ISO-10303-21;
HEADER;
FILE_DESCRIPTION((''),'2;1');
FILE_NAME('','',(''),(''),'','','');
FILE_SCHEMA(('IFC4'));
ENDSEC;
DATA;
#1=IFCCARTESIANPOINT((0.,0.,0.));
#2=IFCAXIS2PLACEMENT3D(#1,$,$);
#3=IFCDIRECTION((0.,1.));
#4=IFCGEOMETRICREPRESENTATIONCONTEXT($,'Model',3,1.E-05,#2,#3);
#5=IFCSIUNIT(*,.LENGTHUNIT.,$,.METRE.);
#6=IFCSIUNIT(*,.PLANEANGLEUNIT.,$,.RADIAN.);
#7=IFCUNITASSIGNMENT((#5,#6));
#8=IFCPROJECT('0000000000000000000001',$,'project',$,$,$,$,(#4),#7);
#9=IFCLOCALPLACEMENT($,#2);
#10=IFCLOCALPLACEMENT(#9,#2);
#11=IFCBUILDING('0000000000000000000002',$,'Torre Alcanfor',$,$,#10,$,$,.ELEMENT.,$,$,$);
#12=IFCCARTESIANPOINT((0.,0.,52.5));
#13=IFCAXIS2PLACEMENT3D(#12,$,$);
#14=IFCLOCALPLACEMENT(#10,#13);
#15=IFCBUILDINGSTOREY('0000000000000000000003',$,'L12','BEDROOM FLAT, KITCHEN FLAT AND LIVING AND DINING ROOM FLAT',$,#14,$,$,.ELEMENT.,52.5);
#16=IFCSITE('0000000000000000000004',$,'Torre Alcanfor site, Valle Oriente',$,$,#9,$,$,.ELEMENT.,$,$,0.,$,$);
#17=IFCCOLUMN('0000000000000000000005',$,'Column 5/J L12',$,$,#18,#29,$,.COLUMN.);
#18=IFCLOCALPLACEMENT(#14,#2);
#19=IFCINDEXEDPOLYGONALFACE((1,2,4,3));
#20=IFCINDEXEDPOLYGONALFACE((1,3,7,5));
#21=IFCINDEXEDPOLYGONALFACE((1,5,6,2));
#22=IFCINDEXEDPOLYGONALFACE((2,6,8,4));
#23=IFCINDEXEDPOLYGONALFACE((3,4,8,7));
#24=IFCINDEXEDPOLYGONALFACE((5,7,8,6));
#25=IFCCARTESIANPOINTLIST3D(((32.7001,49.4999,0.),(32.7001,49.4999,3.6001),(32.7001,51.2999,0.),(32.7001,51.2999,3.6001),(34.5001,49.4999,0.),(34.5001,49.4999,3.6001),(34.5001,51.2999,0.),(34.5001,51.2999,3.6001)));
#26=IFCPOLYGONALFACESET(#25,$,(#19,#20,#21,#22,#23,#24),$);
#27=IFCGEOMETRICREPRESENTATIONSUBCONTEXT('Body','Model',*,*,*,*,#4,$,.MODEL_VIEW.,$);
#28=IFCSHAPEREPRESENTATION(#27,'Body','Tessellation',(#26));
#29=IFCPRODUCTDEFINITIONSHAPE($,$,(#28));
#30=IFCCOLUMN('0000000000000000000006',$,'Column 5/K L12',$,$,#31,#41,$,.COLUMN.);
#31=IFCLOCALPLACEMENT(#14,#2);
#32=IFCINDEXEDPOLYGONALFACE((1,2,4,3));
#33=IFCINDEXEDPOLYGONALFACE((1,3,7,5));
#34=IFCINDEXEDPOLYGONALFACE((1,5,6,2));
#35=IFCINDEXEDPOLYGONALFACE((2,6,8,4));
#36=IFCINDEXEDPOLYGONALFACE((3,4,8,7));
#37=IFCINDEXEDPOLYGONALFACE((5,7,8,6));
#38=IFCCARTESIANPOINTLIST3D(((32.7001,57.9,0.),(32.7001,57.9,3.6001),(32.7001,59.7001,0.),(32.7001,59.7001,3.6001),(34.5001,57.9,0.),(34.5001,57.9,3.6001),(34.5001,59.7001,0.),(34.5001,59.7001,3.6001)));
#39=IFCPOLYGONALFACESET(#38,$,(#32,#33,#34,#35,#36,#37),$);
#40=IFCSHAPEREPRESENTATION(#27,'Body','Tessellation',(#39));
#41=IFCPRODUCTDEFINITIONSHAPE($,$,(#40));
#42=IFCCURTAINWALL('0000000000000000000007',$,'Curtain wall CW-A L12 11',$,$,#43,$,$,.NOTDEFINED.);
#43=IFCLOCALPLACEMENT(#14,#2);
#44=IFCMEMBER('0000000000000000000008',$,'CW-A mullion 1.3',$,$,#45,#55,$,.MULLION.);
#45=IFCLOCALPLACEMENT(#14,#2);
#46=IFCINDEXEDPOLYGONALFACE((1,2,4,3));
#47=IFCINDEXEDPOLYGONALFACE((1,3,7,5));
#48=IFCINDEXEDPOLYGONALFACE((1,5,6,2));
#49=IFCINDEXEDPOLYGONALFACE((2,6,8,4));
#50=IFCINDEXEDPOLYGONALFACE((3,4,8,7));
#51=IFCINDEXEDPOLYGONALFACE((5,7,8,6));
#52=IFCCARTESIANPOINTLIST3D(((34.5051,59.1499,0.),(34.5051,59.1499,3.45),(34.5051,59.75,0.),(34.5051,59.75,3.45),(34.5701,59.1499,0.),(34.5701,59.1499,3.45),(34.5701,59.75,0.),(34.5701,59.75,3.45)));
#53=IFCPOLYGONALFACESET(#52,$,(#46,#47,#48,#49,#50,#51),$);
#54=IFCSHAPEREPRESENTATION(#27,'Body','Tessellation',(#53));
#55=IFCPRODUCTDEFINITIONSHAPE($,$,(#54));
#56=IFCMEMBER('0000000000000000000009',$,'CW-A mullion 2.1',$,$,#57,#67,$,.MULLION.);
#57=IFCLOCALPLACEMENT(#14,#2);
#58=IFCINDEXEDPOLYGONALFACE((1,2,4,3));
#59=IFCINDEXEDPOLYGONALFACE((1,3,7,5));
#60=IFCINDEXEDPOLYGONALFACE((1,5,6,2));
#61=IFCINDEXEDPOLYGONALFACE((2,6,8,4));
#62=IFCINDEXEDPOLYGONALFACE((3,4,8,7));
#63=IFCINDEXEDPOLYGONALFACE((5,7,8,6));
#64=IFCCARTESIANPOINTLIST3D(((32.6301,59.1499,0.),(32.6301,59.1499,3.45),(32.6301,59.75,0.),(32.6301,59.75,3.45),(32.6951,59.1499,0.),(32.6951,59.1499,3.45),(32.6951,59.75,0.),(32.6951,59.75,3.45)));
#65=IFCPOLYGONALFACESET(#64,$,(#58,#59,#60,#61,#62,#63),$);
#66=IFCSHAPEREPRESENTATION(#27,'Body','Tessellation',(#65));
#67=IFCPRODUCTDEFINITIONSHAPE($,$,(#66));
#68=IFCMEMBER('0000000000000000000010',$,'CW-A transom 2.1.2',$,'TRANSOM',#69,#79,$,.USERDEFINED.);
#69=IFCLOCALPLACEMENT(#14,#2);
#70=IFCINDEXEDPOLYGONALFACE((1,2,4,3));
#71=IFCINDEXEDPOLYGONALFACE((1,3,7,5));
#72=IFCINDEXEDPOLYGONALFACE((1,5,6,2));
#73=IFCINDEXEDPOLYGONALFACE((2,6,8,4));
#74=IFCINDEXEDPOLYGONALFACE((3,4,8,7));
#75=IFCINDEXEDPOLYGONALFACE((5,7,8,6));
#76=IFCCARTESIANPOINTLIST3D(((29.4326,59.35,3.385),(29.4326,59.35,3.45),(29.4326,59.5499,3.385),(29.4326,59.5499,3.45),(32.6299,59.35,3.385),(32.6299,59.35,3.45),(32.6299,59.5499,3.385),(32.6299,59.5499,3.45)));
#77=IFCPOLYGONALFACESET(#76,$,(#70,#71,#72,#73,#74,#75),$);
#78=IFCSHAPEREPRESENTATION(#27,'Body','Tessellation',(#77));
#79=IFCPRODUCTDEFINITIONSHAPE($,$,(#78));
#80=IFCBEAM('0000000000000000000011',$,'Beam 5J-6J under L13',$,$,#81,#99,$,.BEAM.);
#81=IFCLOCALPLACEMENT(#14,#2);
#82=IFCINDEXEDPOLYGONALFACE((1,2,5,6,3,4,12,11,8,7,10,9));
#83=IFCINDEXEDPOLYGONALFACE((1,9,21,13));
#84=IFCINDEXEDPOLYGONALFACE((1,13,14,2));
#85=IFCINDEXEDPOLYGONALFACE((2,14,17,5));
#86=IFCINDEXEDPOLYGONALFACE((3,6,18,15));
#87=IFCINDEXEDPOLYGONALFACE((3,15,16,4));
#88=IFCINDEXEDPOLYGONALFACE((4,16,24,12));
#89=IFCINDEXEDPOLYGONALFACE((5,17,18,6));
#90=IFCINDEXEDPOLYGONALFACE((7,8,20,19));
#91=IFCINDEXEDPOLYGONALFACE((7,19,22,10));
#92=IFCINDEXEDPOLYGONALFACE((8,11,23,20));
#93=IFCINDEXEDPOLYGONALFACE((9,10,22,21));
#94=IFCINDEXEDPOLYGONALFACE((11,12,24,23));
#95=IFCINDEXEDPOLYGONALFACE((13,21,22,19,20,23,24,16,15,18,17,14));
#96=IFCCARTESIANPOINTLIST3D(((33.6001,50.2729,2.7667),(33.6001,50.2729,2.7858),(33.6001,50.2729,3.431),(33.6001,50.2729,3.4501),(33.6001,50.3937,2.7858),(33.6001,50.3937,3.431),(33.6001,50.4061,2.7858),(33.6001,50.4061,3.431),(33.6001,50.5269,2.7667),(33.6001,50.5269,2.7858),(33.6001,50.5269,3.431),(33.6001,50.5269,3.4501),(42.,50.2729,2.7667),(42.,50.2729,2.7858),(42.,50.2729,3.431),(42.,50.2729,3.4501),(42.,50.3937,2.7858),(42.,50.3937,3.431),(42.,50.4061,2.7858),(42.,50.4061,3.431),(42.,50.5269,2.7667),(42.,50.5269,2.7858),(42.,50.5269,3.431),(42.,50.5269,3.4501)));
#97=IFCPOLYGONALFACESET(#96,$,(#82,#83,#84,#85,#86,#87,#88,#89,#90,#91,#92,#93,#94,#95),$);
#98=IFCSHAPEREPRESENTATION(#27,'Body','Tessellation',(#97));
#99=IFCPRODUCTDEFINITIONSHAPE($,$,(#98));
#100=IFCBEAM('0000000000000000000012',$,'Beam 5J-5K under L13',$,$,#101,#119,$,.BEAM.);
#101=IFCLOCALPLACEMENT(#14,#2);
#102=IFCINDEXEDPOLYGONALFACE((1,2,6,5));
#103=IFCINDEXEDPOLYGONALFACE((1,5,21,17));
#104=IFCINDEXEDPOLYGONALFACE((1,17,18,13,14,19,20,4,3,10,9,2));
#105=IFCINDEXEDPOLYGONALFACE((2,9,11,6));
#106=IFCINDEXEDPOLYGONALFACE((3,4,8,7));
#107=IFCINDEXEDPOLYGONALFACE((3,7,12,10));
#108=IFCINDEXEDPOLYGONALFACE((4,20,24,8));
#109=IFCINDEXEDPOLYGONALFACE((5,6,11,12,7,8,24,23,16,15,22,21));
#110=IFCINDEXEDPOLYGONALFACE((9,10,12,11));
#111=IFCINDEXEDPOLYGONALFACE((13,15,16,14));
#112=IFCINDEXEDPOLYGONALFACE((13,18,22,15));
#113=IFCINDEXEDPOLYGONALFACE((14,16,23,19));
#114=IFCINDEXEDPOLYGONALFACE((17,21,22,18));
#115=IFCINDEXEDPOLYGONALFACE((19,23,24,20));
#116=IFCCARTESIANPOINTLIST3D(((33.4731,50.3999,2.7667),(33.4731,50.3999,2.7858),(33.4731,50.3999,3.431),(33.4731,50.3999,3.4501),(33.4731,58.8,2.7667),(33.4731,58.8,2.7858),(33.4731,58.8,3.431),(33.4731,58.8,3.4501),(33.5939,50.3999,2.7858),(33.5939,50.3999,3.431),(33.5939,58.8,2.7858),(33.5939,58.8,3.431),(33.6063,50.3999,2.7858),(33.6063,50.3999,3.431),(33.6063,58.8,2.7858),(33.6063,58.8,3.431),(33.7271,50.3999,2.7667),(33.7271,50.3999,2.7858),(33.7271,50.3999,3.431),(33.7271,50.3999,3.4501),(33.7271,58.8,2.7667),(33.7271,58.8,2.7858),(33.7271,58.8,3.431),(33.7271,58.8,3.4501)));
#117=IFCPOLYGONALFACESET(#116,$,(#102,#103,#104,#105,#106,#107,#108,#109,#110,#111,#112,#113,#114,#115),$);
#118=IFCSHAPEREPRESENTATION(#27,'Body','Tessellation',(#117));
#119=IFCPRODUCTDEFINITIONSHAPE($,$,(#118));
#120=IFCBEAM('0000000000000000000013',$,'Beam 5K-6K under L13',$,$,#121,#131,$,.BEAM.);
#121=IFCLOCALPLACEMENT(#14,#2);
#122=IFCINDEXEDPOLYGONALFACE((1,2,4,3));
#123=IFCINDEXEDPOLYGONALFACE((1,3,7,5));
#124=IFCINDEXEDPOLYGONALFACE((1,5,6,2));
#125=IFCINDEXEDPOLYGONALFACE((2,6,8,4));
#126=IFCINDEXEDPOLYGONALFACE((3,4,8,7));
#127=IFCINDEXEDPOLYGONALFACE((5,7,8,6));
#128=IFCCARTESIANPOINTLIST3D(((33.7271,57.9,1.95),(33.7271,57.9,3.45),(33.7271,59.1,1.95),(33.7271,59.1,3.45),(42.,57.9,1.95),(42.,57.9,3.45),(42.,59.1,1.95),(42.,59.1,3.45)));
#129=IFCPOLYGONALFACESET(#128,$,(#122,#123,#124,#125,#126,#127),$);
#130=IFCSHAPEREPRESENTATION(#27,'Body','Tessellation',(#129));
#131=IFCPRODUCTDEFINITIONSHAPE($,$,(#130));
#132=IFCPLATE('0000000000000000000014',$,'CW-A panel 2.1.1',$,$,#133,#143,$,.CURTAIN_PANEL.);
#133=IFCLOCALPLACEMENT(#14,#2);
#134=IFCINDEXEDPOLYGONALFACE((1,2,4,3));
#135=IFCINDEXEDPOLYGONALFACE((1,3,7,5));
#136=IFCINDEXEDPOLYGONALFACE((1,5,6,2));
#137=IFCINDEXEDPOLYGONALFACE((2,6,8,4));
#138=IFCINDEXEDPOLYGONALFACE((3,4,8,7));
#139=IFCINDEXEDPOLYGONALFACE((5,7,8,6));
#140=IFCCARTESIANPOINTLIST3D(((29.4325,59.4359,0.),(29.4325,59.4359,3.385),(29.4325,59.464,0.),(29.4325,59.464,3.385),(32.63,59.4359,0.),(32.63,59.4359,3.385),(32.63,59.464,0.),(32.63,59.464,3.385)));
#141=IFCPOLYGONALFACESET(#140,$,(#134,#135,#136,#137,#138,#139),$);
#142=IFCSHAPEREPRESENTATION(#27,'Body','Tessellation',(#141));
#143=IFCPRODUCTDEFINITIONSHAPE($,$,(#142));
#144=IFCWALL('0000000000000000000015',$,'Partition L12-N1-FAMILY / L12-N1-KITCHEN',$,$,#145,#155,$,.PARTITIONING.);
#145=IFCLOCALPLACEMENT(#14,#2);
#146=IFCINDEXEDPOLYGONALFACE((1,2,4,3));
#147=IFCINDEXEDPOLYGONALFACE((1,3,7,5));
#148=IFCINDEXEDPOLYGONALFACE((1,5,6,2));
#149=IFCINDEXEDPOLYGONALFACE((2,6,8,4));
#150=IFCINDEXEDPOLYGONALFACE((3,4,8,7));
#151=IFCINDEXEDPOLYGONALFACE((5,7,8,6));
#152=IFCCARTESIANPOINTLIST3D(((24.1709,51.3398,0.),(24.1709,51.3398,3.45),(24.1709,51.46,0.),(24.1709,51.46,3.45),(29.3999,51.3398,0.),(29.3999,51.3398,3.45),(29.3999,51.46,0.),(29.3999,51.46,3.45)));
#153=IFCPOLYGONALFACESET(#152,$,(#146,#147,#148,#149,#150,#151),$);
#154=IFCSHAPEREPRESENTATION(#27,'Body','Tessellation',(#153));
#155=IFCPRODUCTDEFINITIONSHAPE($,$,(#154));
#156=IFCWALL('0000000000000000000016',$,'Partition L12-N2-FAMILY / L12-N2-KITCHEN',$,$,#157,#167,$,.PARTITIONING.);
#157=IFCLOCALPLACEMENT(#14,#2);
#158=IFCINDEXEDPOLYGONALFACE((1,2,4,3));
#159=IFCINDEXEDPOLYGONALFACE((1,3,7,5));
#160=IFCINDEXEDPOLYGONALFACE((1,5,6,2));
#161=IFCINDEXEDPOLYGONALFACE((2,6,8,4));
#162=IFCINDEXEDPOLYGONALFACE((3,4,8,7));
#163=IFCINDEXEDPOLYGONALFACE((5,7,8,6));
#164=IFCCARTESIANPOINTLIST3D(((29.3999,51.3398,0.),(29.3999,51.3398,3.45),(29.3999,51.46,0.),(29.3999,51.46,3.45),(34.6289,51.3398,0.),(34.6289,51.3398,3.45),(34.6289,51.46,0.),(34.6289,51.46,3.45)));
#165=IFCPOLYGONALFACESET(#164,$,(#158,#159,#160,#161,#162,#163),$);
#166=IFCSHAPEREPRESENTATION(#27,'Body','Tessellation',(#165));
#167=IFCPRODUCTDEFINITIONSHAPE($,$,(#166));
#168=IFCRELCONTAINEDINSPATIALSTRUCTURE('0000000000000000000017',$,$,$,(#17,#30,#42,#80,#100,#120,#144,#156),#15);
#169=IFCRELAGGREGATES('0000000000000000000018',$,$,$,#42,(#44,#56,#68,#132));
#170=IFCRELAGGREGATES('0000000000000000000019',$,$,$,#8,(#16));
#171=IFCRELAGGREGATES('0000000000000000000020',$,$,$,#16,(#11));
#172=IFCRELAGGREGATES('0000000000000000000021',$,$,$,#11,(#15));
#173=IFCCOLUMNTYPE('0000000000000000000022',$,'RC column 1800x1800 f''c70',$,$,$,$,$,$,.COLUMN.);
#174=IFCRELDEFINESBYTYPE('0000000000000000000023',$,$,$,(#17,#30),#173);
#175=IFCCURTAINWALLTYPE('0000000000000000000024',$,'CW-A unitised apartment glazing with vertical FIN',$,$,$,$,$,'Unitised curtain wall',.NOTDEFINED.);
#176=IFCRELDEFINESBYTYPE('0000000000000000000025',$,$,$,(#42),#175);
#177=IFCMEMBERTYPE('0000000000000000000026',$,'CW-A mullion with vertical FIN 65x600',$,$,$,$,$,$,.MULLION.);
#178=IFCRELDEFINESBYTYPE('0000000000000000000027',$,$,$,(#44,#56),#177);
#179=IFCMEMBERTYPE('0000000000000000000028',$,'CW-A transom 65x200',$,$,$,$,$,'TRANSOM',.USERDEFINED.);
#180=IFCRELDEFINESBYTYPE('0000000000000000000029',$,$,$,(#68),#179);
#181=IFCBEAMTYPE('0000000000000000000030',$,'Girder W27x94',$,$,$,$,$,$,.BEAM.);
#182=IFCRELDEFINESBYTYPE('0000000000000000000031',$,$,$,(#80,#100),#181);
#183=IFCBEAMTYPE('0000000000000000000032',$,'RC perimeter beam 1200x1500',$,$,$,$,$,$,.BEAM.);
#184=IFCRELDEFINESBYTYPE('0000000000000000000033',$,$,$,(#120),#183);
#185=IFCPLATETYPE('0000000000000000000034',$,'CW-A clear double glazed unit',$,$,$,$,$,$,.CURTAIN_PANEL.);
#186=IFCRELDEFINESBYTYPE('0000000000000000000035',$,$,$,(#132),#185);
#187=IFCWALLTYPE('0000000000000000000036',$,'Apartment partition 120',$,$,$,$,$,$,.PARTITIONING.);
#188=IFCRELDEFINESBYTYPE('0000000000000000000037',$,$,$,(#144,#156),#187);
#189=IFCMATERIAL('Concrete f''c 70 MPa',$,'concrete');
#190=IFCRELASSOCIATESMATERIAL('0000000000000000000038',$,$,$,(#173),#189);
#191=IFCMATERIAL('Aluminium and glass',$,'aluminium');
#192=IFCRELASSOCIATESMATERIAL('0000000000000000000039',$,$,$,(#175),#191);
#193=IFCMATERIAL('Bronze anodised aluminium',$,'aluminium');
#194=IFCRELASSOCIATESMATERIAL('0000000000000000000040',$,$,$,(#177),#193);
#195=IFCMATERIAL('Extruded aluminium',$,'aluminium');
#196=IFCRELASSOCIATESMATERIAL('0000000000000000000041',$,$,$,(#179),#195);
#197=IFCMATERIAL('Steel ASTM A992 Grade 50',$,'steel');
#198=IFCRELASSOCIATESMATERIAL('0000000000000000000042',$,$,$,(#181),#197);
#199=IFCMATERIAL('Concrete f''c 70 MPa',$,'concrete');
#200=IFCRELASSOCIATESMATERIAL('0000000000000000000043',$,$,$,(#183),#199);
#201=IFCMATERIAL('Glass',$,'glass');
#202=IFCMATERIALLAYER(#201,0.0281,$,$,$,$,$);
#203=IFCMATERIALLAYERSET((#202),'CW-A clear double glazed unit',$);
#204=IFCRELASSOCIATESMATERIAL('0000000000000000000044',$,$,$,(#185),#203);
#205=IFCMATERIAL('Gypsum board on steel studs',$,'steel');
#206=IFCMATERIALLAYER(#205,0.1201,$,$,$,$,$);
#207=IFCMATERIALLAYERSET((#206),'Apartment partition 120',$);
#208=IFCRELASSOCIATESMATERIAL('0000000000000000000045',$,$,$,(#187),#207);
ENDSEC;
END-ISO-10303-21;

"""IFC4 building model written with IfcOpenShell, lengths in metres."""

from ifc_helpers import new_model, si_unit, direction, frame, frame_2d, origin, origin_2d, place, context, subcontext, project, spatial, rectangle, i_section, extrude, material, layer, layer_set, material_profile, profile_set, type_object, element, aggregate, save


model = new_model("IFC4")

# Units and contexts
model_context = context("Model", 3, precision=1e-05, world=origin(), true_north=direction((0.0, 1.0)))
body_context = subcontext(model_context, "Body", "Model", "MODEL_VIEW")
ifc_project = project(units=[si_unit("LENGTHUNIT", "METRE"), si_unit("PLANEANGLEUNIT", "RADIAN")], contexts=[model_context])

# Site, building, storey
site_placement = place(None, origin())
site = spatial("IfcSite", under=ifc_project, at=site_placement, Name="Torre Alcanfor site, Valle Oriente", CompositionType="ELEMENT", RefElevation=0.0)
building_placement = place(site_placement, origin())
building = spatial("IfcBuilding", under=site, at=building_placement, Name="Torre Alcanfor", CompositionType="ELEMENT")
storey_placement = place(building_placement, frame((0.0, 0.0, 52.5)))
storey = spatial("IfcBuildingStorey", under=building, at=storey_placement, Name="L12", Description="BEDROOM FLAT, KITCHEN FLAT AND LIVING AND DINING ROOM FLAT", CompositionType="ELEMENT", Elevation=52.5)

# Columns
ifc_material_1 = material(Name="Concrete f'c 70 MPa", Category="concrete")
ifc_material_profile_1 = material_profile(ifc_material_1, rectangle(XDim=1.8, YDim=1.8, at=origin_2d()), Name="1800x1800")
ifc_profile_set_1 = profile_set([ifc_material_profile_1], Name="Concrete f'c 70 MPa")
column_type = type_object("IfcColumnType", Name="RC column 1800x1800 f'c70", PredefinedType="COLUMN", material=ifc_profile_set_1)
for number, where, z_axis, x_axis, name in (
    (1, (33.6001, 50.3999, 0.0), (0.0, 0.0, 1.0), (1.0, 0.0, 0.0), "Column 5/J L12"),
    (2, (33.6001, 58.8, 0.0), (0.0, 0.0, 1.0), (1.0, 0.0, 0.0), "Column 5/K L12"),
):
    element("IfcColumn", number, at=place(storey_placement, frame(where, z_axis=z_axis, x_axis=x_axis)), inside=storey, type_object=column_type, Name=name, PredefinedType="COLUMN", context=body_context, shape_type="SweptSolid", body=[
        extrude(rectangle(XDim=1.8, YDim=1.8, at=origin_2d()), origin(), (0.0, 0.0, 1.0), 3.6001),
    ])

# Curtain wall, members
ifc_material_2 = material(Name="Aluminium and glass", Category="aluminium")
curtain_wall_type = type_object("IfcCurtainWallType", Name="CW-A unitised apartment glazing with vertical FIN", ElementType="Unitised curtain wall", PredefinedType="NOTDEFINED", material=ifc_material_2)
curtain_wall_placement = place(storey_placement, origin())
curtain_wall = element("IfcCurtainWall", 3, at=curtain_wall_placement, inside=storey, type_object=curtain_wall_type, Name="Curtain wall CW-A L12 11", PredefinedType="NOTDEFINED")
ifc_material_3 = material(Name="Bronze anodised aluminium", Category="aluminium")
ifc_material_profile_2 = material_profile(ifc_material_3, rectangle(XDim=0.6001, YDim=0.0649, at=origin_2d()), Name="CW-A mullion 65x600")
ifc_profile_set_2 = profile_set([ifc_material_profile_2], Name="Bronze anodised aluminium")
member_type_1 = type_object("IfcMemberType", Name="CW-A mullion with vertical FIN 65x600", PredefinedType="MULLION", material=ifc_profile_set_2)
member_1_placement = place(storey_placement, frame((34.5376, 59.45, 0.0), z_axis=(0.0, 0.0, 1.0), x_axis=(0.0, -1.0, 0.0)))
member_1 = element("IfcMember", 4, at=member_1_placement, type_object=member_type_1, Name="CW-A mullion 1.3", PredefinedType="MULLION", context=body_context, shape_type="SweptSolid", body=[
    extrude(rectangle(XDim=0.6001, YDim=0.0649, at=origin_2d()), origin(), (0.0, 0.0, 1.0), 3.45),
])
member_2_placement = place(storey_placement, frame((32.6626, 59.45, 0.0), z_axis=(0.0, 0.0, 1.0), x_axis=(0.0, -1.0, 0.0)))
member_2 = element("IfcMember", 5, at=member_2_placement, type_object=member_type_1, Name="CW-A mullion 2.1", PredefinedType="MULLION", context=body_context, shape_type="SweptSolid", body=[
    extrude(rectangle(XDim=0.6001, YDim=0.0649, at=origin_2d()), origin(), (0.0, 0.0, 1.0), 3.45),
])
ifc_material_4 = material(Name="Extruded aluminium", Category="aluminium")
ifc_material_profile_3 = material_profile(ifc_material_4, rectangle(XDim=0.2, YDim=0.0649, at=origin_2d()), Name="CW-A transom 200x65")
ifc_profile_set_3 = profile_set([ifc_material_profile_3], Name="Extruded aluminium")
member_type_2 = type_object("IfcMemberType", Name="CW-A transom 65x200", ElementType="TRANSOM", PredefinedType="USERDEFINED", material=ifc_profile_set_3)
member_3_placement = place(storey_placement, frame((32.6299, 59.45, 3.4175), z_axis=(-1.0, 0.0, 0.0), x_axis=(0.0, -1.0, 0.0)))
member_3 = element("IfcMember", 6, at=member_3_placement, type_object=member_type_2, Name="CW-A transom 2.1.2", ObjectType="TRANSOM", PredefinedType="USERDEFINED", context=body_context, shape_type="SweptSolid", body=[
    extrude(rectangle(XDim=0.2, YDim=0.0649, at=origin_2d()), origin(), (0.0, 0.0, 1.0), 3.1973),
])

# Beams
ifc_material_5 = material(Name="Steel ASTM A992 Grade 50", Category="steel")
ifc_material_profile_4 = material_profile(ifc_material_5, i_section(OverallWidth=0.2539, OverallDepth=0.6833, WebThickness=0.0125, FlangeThickness=0.019, at=origin_2d()), Name="W27x94")
ifc_profile_set_4 = profile_set([ifc_material_profile_4], Name="Steel ASTM A992 Grade 50")
beam_type_1 = type_object("IfcBeamType", Name="Girder W27x94", PredefinedType="BEAM", material=ifc_profile_set_4)
beam_1_placement = place(storey_placement, frame((33.6001, 50.3999, 3.1084), z_axis=(1.0, 0.0, 0.0), x_axis=(0.0, 1.0, 0.0)))
element("IfcBeam", 7, at=beam_1_placement, inside=storey, type_object=beam_type_1, Name="Beam 5J-6J under L13", PredefinedType="BEAM", context=body_context, shape_type="SweptSolid", body=[
    extrude(i_section(OverallWidth=0.2539, OverallDepth=0.6833, WebThickness=0.0125, FlangeThickness=0.019, at=origin_2d()), origin(), (0.0, 0.0, 1.0), 8.3999),
])
beam_2_placement = place(storey_placement, frame((33.6001, 50.3999, 3.1084), z_axis=(0.0, 1.0, 0.0), x_axis=(-1.0, 0.0, 0.0)))
element("IfcBeam", 8, at=beam_2_placement, inside=storey, type_object=beam_type_1, Name="Beam 5J-5K under L13", PredefinedType="BEAM", context=body_context, shape_type="SweptSolid", body=[
    extrude(i_section(OverallWidth=0.2539, OverallDepth=0.6833, WebThickness=0.0125, FlangeThickness=0.019, at=origin_2d()), origin(), (0.0, 0.0, 1.0), 8.4001),
])
ifc_material_6 = material(Name="Concrete f'c 70 MPa", Category="concrete")
ifc_material_profile_5 = material_profile(ifc_material_6, rectangle(XDim=1.2, YDim=1.5, at=origin_2d()), Name="1200x1500")
ifc_profile_set_5 = profile_set([ifc_material_profile_5], Name="Concrete f'c 70 MPa")
beam_type_2 = type_object("IfcBeamType", Name="RC perimeter beam 1200x1500", PredefinedType="BEAM", material=ifc_profile_set_5)
beam_3_placement = place(storey_placement, frame((33.7271, 58.5, 2.7), z_axis=(1.0, 0.0, 0.0), x_axis=(0.0, 1.0, 0.0)))
element("IfcBeam", 9, at=beam_3_placement, inside=storey, type_object=beam_type_2, Name="Beam 5K-6K under L13", PredefinedType="BEAM", context=body_context, shape_type="SweptSolid", body=[
    extrude(rectangle(XDim=1.2, YDim=1.5, at=origin_2d()), origin(), (0.0, 0.0, 1.0), 8.2729),
])

# Plate
ifc_material_7 = material(Name="Glass", Category="glass")
ifc_layer_1 = layer(ifc_material_7, 0.0281)
ifc_layer_set_1 = layer_set([ifc_layer_1], Name="CW-A clear double glazed unit")
plate_type = type_object("IfcPlateType", Name="CW-A clear double glazed unit", PredefinedType="CURTAIN_PANEL", material=ifc_layer_set_1)
plate_placement = place(storey_placement, frame((31.0312, 59.45, 0.0), z_axis=(0.0, 0.0, 1.0), x_axis=(-1.0, 0.0, 0.0)))
plate = element("IfcPlate", 10, at=plate_placement, type_object=plate_type, Name="CW-A panel 2.1.1", PredefinedType="CURTAIN_PANEL", context=body_context, shape_type="SweptSolid", body=[
    extrude(rectangle(XDim=3.1975, YDim=0.0281, at=origin_2d()), origin(), (0.0, 0.0, 1.0), 3.385),
])
aggregate(curtain_wall, [member_1, member_2, member_3, plate])

# Walls
ifc_material_8 = material(Name="Gypsum board on steel studs", Category="steel")
ifc_layer_2 = layer(ifc_material_8, 0.1201)
ifc_layer_set_2 = layer_set([ifc_layer_2], Name="Apartment partition 120")
wall_type_1 = type_object("IfcWallType", Name="Apartment partition 120", PredefinedType="PARTITIONING", material=ifc_layer_set_2)
for number, where, z_axis, x_axis, name in (
    (11, (29.3999, 51.3999, 0.0), (0.0, 0.0, 1.0), (-1.0, 0.0, 0.0), "Partition L12-N1-FAMILY / L12-N1-KITCHEN"),
    (12, (29.3999, 51.3999, 0.0), (0.0, 0.0, 1.0), (1.0, 0.0, 0.0), "Partition L12-N2-FAMILY / L12-N2-KITCHEN"),
):
    element("IfcWall", number, at=place(storey_placement, frame(where, z_axis=z_axis, x_axis=x_axis)), inside=storey, type_object=wall_type_1, Name=name, PredefinedType="PARTITIONING", context=body_context, shape_type="SweptSolid", body=[
        extrude(rectangle(XDim=5.229, YDim=0.1201, at=frame_2d((2.6145, 0.0))), origin(), (0.0, 0.0, 1.0), 3.45),
    ])

save(model, "model.ifc")
